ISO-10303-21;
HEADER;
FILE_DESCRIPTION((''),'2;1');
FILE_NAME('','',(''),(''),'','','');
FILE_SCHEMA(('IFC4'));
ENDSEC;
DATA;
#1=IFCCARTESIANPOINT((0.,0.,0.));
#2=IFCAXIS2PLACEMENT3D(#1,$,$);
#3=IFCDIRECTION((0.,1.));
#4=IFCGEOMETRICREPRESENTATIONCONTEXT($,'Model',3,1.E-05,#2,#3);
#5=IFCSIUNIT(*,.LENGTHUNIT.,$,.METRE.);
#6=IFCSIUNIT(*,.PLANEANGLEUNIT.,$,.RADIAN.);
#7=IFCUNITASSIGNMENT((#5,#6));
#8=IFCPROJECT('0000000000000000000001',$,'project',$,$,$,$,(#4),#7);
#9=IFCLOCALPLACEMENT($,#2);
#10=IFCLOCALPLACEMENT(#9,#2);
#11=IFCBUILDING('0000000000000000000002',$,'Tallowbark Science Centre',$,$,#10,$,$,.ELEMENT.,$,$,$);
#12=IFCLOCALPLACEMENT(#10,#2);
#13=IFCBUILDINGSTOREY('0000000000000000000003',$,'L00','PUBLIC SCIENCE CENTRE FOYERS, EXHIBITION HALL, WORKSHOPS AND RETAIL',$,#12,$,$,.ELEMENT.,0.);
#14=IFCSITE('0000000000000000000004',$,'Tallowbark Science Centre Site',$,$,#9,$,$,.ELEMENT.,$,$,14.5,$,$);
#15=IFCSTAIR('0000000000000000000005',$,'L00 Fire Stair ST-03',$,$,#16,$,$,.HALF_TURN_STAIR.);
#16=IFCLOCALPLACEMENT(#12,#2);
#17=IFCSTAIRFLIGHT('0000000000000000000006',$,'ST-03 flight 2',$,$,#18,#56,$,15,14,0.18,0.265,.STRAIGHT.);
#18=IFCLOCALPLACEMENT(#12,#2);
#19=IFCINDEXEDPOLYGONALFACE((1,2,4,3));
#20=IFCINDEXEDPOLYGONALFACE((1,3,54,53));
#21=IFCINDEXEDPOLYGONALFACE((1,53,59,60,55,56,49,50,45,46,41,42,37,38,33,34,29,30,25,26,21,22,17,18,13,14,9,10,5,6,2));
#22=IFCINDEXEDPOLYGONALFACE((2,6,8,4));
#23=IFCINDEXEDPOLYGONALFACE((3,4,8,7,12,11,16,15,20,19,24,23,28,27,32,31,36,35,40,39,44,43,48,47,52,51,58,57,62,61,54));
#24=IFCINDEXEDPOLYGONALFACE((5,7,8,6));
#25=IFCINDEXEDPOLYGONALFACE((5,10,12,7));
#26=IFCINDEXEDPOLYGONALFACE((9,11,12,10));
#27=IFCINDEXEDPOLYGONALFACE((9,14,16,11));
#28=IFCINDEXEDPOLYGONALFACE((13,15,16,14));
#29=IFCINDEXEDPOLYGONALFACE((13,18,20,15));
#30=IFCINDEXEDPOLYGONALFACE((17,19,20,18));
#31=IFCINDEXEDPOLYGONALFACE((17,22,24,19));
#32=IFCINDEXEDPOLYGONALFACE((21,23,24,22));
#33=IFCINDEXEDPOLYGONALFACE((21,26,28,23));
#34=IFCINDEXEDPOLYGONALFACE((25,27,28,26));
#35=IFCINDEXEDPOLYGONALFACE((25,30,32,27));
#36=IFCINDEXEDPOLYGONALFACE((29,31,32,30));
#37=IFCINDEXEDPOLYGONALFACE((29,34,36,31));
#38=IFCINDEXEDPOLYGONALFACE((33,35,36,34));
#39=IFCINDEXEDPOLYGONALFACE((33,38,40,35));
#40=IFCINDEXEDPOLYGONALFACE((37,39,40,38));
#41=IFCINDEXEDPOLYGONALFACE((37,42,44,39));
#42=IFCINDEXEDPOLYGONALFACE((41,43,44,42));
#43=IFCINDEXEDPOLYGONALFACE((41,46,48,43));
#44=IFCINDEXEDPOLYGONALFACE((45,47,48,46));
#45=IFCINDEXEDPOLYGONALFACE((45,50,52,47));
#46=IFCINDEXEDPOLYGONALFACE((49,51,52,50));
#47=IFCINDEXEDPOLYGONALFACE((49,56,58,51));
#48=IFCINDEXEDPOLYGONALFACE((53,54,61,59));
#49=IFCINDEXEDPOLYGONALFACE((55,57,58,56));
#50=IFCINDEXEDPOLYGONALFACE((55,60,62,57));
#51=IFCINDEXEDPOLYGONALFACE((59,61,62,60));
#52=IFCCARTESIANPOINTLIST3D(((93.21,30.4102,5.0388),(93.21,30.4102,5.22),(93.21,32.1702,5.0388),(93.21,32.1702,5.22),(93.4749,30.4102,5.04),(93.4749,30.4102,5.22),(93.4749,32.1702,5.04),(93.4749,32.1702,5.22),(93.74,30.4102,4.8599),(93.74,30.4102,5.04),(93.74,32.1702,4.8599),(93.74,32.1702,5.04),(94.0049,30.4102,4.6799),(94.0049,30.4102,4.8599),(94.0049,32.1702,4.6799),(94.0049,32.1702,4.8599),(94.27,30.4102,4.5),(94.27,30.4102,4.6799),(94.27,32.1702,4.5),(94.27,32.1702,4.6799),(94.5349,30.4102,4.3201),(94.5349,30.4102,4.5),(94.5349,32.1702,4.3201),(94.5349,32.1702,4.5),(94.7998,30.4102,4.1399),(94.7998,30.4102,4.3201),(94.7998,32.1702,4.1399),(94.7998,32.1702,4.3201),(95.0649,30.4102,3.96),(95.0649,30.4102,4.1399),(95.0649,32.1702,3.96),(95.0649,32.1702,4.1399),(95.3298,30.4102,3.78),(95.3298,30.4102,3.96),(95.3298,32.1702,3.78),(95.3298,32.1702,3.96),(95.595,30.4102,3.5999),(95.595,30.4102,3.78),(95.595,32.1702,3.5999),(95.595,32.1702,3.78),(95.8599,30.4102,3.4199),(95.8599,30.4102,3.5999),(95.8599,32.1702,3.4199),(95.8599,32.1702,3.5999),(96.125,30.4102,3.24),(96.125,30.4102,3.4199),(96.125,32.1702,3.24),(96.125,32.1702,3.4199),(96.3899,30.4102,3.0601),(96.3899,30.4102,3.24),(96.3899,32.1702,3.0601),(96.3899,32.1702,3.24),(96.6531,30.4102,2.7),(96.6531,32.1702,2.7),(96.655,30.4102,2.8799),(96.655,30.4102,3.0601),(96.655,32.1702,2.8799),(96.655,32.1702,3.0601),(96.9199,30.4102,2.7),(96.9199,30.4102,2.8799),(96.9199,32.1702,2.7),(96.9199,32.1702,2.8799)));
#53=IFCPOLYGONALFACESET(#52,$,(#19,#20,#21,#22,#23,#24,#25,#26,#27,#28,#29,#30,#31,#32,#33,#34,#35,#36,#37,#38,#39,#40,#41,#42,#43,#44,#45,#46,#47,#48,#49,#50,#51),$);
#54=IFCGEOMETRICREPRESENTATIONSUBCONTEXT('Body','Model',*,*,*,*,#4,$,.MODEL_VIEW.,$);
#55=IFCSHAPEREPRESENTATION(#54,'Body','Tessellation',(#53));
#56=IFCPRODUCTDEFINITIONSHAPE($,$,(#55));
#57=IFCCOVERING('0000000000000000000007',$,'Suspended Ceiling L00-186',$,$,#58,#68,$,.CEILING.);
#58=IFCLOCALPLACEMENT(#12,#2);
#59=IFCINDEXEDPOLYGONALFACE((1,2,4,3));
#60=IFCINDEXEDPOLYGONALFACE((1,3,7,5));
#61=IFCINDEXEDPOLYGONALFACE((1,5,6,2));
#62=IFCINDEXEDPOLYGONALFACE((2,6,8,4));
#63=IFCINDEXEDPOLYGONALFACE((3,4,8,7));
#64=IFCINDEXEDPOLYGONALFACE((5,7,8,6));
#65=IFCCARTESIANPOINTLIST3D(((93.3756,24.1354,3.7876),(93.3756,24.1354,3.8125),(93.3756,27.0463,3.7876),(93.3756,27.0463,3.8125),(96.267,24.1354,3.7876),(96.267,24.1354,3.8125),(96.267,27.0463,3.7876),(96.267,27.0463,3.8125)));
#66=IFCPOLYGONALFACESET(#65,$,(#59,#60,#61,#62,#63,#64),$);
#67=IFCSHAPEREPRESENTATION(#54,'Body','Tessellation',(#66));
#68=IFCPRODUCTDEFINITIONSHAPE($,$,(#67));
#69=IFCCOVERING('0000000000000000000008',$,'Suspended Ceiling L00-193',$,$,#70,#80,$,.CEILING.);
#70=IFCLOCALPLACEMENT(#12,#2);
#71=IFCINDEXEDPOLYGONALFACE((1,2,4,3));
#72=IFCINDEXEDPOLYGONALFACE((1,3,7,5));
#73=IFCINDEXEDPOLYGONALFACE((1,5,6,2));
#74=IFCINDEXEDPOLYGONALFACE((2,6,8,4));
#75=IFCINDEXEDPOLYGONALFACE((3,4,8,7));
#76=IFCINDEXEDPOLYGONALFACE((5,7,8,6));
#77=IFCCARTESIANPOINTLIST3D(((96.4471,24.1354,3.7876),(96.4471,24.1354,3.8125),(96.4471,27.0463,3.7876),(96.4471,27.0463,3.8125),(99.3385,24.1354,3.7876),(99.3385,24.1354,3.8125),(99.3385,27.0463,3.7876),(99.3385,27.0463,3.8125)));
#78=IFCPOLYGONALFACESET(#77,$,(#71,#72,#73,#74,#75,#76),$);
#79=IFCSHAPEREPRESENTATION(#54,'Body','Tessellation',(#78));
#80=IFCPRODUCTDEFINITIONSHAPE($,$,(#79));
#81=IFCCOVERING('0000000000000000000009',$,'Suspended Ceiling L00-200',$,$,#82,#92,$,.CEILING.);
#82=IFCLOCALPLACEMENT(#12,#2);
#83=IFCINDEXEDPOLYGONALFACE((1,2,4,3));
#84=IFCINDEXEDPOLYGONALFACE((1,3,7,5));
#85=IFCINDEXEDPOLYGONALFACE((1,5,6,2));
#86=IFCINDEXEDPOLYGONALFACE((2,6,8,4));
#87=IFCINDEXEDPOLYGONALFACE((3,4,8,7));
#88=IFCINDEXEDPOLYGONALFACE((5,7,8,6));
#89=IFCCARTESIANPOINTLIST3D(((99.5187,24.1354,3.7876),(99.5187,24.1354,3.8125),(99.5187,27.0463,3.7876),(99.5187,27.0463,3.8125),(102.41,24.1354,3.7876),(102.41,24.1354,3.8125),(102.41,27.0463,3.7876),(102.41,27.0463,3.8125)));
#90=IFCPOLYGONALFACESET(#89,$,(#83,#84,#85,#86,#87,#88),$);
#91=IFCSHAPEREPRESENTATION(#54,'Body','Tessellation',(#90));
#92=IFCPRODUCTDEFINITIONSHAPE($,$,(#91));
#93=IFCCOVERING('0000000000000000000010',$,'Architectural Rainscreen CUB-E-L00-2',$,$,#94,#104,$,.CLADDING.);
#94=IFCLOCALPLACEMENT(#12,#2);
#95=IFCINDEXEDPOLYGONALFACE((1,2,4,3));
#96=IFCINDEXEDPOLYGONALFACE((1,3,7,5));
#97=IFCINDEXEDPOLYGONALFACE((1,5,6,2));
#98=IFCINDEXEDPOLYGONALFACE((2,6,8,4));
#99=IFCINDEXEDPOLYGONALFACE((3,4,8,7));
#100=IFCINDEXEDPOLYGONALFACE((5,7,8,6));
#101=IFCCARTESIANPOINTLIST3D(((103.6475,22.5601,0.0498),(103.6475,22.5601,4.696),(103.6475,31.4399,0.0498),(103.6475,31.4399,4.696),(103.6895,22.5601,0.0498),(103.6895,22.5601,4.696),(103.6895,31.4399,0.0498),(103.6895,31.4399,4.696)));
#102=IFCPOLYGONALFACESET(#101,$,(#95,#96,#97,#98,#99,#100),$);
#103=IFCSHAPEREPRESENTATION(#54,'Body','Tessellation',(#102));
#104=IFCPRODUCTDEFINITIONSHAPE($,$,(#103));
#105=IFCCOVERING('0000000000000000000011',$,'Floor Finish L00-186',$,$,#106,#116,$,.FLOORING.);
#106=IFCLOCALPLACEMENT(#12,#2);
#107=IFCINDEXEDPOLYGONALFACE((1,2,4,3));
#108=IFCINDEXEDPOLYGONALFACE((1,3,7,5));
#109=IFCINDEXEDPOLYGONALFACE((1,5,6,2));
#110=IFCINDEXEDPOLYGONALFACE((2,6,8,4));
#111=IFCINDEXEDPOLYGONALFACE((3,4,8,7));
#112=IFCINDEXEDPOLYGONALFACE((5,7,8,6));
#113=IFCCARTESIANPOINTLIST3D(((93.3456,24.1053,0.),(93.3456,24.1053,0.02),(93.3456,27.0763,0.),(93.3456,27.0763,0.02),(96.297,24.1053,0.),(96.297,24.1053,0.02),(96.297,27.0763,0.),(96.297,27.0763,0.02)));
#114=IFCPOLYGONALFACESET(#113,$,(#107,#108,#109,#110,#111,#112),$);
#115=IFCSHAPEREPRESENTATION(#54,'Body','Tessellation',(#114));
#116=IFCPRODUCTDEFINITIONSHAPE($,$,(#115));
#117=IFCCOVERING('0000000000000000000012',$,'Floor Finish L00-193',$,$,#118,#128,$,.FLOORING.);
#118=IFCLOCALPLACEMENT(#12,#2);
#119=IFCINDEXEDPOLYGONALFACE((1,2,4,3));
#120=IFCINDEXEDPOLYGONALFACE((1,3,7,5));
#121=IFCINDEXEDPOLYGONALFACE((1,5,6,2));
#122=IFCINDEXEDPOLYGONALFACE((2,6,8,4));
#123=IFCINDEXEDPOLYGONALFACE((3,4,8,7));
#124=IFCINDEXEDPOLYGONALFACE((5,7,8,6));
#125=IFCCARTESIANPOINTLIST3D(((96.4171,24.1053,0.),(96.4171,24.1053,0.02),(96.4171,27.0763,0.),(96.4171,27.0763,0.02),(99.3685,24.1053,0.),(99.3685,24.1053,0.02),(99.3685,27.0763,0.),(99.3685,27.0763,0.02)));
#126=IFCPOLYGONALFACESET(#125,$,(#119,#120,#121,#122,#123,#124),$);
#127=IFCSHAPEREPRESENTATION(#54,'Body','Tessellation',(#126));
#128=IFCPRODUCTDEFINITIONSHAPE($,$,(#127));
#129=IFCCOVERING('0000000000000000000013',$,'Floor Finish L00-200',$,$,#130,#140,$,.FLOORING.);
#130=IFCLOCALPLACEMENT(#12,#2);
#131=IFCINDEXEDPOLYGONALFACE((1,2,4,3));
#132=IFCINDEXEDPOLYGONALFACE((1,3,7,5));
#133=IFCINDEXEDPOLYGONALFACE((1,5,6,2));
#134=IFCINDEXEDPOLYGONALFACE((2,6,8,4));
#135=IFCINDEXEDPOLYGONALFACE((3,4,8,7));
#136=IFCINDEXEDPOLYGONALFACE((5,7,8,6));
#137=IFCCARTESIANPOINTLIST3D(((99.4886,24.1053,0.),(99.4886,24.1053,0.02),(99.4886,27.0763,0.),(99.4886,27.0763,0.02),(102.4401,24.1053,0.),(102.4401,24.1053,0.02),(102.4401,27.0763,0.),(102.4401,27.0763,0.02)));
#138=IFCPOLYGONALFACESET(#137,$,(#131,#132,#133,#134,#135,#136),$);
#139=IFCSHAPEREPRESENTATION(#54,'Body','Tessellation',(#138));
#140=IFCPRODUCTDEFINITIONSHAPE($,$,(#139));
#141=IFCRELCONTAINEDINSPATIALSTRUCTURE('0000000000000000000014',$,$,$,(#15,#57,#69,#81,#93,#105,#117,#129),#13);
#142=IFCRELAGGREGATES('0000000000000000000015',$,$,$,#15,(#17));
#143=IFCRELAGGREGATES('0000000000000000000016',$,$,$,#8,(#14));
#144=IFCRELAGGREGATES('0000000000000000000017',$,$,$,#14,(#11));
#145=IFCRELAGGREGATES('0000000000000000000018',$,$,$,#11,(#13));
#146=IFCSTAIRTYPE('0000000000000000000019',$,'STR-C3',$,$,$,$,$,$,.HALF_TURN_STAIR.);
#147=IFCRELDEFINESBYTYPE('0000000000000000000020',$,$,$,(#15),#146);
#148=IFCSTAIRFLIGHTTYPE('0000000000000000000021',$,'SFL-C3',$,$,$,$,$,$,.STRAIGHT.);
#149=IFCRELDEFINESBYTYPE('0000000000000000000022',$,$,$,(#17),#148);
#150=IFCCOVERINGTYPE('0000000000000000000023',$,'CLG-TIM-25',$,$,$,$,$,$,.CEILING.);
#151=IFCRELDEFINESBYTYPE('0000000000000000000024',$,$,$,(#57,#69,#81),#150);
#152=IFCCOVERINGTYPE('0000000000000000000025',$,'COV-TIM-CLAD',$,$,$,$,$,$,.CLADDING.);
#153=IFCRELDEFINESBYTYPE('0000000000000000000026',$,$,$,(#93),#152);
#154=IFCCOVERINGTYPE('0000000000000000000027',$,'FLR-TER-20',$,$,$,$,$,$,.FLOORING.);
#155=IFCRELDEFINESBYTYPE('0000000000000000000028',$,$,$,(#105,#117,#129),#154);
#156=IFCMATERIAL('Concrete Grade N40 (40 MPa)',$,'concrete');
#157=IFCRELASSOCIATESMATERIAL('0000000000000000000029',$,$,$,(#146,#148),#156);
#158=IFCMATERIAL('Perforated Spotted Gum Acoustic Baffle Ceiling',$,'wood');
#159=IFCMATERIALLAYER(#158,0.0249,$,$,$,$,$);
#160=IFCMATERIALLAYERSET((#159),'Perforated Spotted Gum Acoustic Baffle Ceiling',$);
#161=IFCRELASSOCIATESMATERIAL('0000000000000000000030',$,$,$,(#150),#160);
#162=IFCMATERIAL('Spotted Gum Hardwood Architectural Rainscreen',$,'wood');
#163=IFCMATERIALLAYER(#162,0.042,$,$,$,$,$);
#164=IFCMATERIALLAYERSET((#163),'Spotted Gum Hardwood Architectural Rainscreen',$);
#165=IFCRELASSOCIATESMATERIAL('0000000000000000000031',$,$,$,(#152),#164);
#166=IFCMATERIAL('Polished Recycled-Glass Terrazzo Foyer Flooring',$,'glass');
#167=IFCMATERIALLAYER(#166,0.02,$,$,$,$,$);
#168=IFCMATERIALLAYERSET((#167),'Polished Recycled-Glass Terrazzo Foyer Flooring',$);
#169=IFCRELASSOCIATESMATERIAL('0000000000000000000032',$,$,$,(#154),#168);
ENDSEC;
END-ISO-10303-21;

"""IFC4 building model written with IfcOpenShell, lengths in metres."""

from ifc_helpers import new_model, si_unit, direction, frame, origin, origin_2d, place, context, subcontext, project, spatial, polyline, rectangle, outline, extrude, material, layer, layer_set, type_object, element, aggregate, save


model = new_model("IFC4")

# Units and contexts
model_context = context("Model", 3, precision=1e-05, world=origin(), true_north=direction((0.0, 1.0)))
body_context = subcontext(model_context, "Body", "Model", "MODEL_VIEW")
ifc_project = project(units=[si_unit("LENGTHUNIT", "METRE"), si_unit("PLANEANGLEUNIT", "RADIAN")], contexts=[model_context])

# Site, building, storey
site_placement = place(None, origin())
site = spatial("IfcSite", under=ifc_project, at=site_placement, Name="Tallowbark Science Centre Site", CompositionType="ELEMENT", RefElevation=14.5)
building_placement = place(site_placement, origin())
building = spatial("IfcBuilding", under=site, at=building_placement, Name="Tallowbark Science Centre", CompositionType="ELEMENT")
storey_placement = place(building_placement, origin())
storey = spatial("IfcBuildingStorey", under=building, at=storey_placement, Name="L00", Description="PUBLIC SCIENCE CENTRE FOYERS, EXHIBITION HALL, WORKSHOPS AND RETAIL", CompositionType="ELEMENT", Elevation=0.0)

# Shared definitions
ifc_material_1 = material(Name="Concrete Grade N40 (40 MPa)", Category="concrete")

# Stair, stair flight
stair_type = type_object("IfcStairType", Name="STR-C3", PredefinedType="HALF_TURN_STAIR", material=ifc_material_1)
stair_placement = place(storey_placement, origin())
stair = element("IfcStair", 1, at=stair_placement, inside=storey, type_object=stair_type, Name="L00 Fire Stair ST-03", PredefinedType="HALF_TURN_STAIR")
stair_flight_type = type_object("IfcStairFlightType", Name="SFL-C3", PredefinedType="STRAIGHT", material=ifc_material_1)
stair_flight_placement = place(storey_placement, frame((96.9199, 31.29, 2.7), z_axis=(0.0, 0.0, 1.0), x_axis=(-1.0, 0.0, 0.0)))
stair_flight = element("IfcStairFlight", 2, at=stair_flight_placement, type_object=stair_flight_type, Name="ST-03 flight 2", NumberOfRisers=15, NumberOfTreads=14, PredefinedType="STRAIGHT", RiserHeight=0.18, TreadLength=0.265, context=body_context, shape_type="SweptSolid", body=[
    extrude(outline(polyline([(0.0, 0.0), (0.0, 0.1799), (0.2649, 0.1799), (0.2649, 0.3601), (0.53, 0.3601), (0.53, 0.54), (0.7949, 0.54), (0.7949, 0.72), (1.0601, 0.72), (1.0601, 0.8999), (1.325, 0.8999), (1.325, 1.0801), (1.5901, 1.0801), (1.5901, 1.26), (1.855, 1.26), (1.855, 1.4399), (2.1201, 1.4399), (2.1201, 1.6201), (2.385, 1.6201), (2.385, 1.8), (2.6499, 1.8), (2.6499, 1.98), (2.915, 1.98), (2.915, 2.1599), (3.1799, 2.1599), (3.1799, 2.3401), (3.4451, 2.3401), (3.4451, 2.52), (3.71, 2.52), (3.71, 2.7), (3.71, 2.3389), (0.2668, 0.0), (0.0, 0.0)])), frame((0.0, 0.8799, 0.0), z_axis=(0.0, -1.0, 0.0), x_axis=(1.0, 0.0, 0.0)), (0.0, 0.0, 1.0), 1.76),
])
aggregate(stair, [stair_flight])

# Coverings
ifc_material_2 = material(Name="Perforated Spotted Gum Acoustic Baffle Ceiling", Category="wood")
ifc_layer_1 = layer(ifc_material_2, 0.0249)
ifc_layer_set_1 = layer_set([ifc_layer_1], Name="Perforated Spotted Gum Acoustic Baffle Ceiling")
covering_type_1 = type_object("IfcCoveringType", Name="CLG-TIM-25", PredefinedType="CEILING", material=ifc_layer_set_1)
for number, where, z_axis, x_axis, name in (
    (3, (94.8213, 25.5908, 3.7876), (0.0, 0.0, 1.0), (1.0, 0.0, 0.0), "Suspended Ceiling L00-186"),
    (4, (97.8928, 25.5908, 3.7876), (0.0, 0.0, 1.0), (1.0, 0.0, 0.0), "Suspended Ceiling L00-193"),
    (5, (100.9644, 25.5908, 3.7876), (0.0, 0.0, 1.0), (1.0, 0.0, 0.0), "Suspended Ceiling L00-200"),
):
    element("IfcCovering", number, at=place(storey_placement, frame(where, z_axis=z_axis, x_axis=x_axis)), inside=storey, type_object=covering_type_1, Name=name, PredefinedType="CEILING", context=body_context, shape_type="SweptSolid", body=[
        extrude(rectangle(XDim=2.8914, YDim=2.9109, at=origin_2d()), origin(), (0.0, 0.0, 1.0), 0.0249),
    ])
ifc_material_3 = material(Name="Spotted Gum Hardwood Architectural Rainscreen", Category="wood")
ifc_layer_2 = layer(ifc_material_3, 0.042)
ifc_layer_set_2 = layer_set([ifc_layer_2], Name="Spotted Gum Hardwood Architectural Rainscreen")
covering_type_2 = type_object("IfcCoveringType", Name="COV-TIM-CLAD", PredefinedType="CLADDING", material=ifc_layer_set_2)
covering_placement = place(storey_placement, frame((103.6685, 27.0, 0.0498), z_axis=(0.0, 0.0, 1.0), x_axis=(0.0, 1.0, 0.0)))
element("IfcCovering", 6, at=covering_placement, inside=storey, type_object=covering_type_2, Name="Architectural Rainscreen CUB-E-L00-2", PredefinedType="CLADDING", context=body_context, shape_type="SweptSolid", body=[
    extrude(rectangle(XDim=8.8799, YDim=0.042, at=origin_2d()), origin(), (0.0, 0.0, 1.0), 4.6462),
])
ifc_material_4 = material(Name="Polished Recycled-Glass Terrazzo Foyer Flooring", Category="glass")
ifc_layer_3 = layer(ifc_material_4, 0.02)
ifc_layer_set_3 = layer_set([ifc_layer_3], Name="Polished Recycled-Glass Terrazzo Foyer Flooring")
covering_type_3 = type_object("IfcCoveringType", Name="FLR-TER-20", PredefinedType="FLOORING", material=ifc_layer_set_3)
for number, where, z_axis, x_axis, name in (
    (7, (94.8213, 25.5908, 0.0), (0.0, 0.0, 1.0), (1.0, 0.0, 0.0), "Floor Finish L00-186"),
    (8, (97.8928, 25.5908, 0.0), (0.0, 0.0, 1.0), (1.0, 0.0, 0.0), "Floor Finish L00-193"),
    (9, (100.9644, 25.5908, 0.0), (0.0, 0.0, 1.0), (1.0, 0.0, 0.0), "Floor Finish L00-200"),
):
    element("IfcCovering", number, at=place(storey_placement, frame(where, z_axis=z_axis, x_axis=x_axis)), inside=storey, type_object=covering_type_3, Name=name, PredefinedType="FLOORING", context=body_context, shape_type="SweptSolid", body=[
        extrude(rectangle(XDim=2.9514, YDim=2.9709, at=origin_2d()), origin(), (0.0, 0.0, 1.0), 0.02),
    ])

save(model, "model.ifc")
